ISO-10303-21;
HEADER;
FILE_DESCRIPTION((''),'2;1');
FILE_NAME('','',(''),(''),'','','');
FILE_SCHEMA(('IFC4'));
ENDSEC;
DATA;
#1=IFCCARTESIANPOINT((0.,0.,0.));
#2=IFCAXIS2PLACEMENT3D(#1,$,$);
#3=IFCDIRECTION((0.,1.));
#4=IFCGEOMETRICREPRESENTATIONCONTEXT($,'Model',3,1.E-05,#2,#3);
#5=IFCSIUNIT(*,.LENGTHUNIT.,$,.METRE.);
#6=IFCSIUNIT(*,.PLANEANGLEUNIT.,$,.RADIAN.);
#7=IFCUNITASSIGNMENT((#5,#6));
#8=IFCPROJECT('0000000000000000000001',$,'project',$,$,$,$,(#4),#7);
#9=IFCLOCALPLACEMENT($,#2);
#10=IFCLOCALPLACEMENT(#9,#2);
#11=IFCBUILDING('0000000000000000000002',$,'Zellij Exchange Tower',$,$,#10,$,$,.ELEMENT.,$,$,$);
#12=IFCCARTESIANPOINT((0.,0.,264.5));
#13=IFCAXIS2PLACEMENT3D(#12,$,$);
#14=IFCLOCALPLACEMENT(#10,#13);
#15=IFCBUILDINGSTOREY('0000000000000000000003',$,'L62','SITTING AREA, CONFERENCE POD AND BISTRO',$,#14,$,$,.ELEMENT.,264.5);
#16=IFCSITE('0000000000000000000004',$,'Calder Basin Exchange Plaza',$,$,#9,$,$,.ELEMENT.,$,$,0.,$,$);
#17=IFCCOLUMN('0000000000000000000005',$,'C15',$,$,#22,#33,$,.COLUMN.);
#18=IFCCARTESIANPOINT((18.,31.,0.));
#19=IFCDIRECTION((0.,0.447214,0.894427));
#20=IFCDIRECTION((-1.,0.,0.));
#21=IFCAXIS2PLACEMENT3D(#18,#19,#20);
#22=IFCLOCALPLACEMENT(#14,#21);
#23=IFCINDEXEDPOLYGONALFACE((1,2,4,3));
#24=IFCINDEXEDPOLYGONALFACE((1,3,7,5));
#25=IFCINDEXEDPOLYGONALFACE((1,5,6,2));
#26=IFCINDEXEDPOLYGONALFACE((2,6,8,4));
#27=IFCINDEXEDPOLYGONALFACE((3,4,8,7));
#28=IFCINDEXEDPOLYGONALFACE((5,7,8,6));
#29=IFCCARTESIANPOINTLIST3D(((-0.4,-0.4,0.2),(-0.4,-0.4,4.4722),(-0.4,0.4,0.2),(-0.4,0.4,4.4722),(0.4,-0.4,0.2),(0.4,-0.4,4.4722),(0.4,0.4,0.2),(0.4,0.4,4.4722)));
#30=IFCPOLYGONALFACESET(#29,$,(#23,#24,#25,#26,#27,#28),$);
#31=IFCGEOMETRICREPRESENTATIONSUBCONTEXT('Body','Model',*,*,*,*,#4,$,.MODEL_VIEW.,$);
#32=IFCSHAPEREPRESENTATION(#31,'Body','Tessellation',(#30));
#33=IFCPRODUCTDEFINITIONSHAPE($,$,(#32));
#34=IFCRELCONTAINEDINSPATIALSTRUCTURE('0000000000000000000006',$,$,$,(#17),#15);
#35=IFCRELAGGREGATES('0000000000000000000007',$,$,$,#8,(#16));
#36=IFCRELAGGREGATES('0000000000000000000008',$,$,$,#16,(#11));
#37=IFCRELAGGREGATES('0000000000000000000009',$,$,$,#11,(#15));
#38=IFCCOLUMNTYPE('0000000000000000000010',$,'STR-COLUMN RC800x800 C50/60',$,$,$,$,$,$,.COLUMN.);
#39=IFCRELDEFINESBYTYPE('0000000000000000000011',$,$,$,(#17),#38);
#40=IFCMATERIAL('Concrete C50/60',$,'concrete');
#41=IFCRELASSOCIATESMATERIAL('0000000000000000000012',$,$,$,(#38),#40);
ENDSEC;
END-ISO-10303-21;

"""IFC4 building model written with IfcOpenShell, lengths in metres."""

from ifc_helpers import new_model, si_unit, direction, frame, origin, origin_2d, place, context, subcontext, project, spatial, rectangle, extrude, clip, halfspace, material, material_profile, profile_set, type_object, element, save


model = new_model("IFC4")

# Units and contexts
model_context = context("Model", 3, precision=1e-05, world=origin(), true_north=direction((0.0, 1.0)))
body_context = subcontext(model_context, "Body", "Model", "MODEL_VIEW")
ifc_project = project(units=[si_unit("LENGTHUNIT", "METRE"), si_unit("PLANEANGLEUNIT", "RADIAN")], contexts=[model_context])

# Site, building, storey
site_placement = place(None, origin())
site = spatial("IfcSite", under=ifc_project, at=site_placement, Name="Calder Basin Exchange Plaza", CompositionType="ELEMENT", RefElevation=0.0)
building_placement = place(site_placement, origin())
building = spatial("IfcBuilding", under=site, at=building_placement, Name="Zellij Exchange Tower", CompositionType="ELEMENT")
storey_placement = place(building_placement, frame((0.0, 0.0, 264.5)))
storey = spatial("IfcBuildingStorey", under=building, at=storey_placement, Name="L62", Description="SITTING AREA, CONFERENCE POD AND BISTRO", CompositionType="ELEMENT", Elevation=264.5)

# Column
ifc_material_1 = material(Name="Concrete C50/60", Category="concrete")
ifc_material_profile_1 = material_profile(ifc_material_1, rectangle(XDim=0.8, YDim=0.8, at=origin_2d()), Name="STR-COLUMN RC800x800 C50/60")
ifc_profile_set_1 = profile_set([ifc_material_profile_1], Name="Concrete C50/60")
column_type_1 = type_object("IfcColumnType", Name="STR-COLUMN RC800x800 C50/60", PredefinedType="COLUMN", material=ifc_profile_set_1)
column_placement = place(storey_placement, frame((18.0, 31.0, 0.0), z_axis=(0.0, 0.447214, 0.894427), x_axis=(-1.0, 0.0, 0.0)))
element("IfcColumn", 1, at=column_placement, inside=storey, type_object=column_type_1, Name="C15", PredefinedType="COLUMN", context=body_context, shape_type="Clipping", body=[
    clip(extrude(rectangle(XDim=0.8, YDim=0.8, at=origin_2d()), origin(), (0.0, 0.0, 1.0), 4.4722), halfspace(frame((0.0, 0.0, 0.2)), True)),
])

save(model, "model.ifc")
